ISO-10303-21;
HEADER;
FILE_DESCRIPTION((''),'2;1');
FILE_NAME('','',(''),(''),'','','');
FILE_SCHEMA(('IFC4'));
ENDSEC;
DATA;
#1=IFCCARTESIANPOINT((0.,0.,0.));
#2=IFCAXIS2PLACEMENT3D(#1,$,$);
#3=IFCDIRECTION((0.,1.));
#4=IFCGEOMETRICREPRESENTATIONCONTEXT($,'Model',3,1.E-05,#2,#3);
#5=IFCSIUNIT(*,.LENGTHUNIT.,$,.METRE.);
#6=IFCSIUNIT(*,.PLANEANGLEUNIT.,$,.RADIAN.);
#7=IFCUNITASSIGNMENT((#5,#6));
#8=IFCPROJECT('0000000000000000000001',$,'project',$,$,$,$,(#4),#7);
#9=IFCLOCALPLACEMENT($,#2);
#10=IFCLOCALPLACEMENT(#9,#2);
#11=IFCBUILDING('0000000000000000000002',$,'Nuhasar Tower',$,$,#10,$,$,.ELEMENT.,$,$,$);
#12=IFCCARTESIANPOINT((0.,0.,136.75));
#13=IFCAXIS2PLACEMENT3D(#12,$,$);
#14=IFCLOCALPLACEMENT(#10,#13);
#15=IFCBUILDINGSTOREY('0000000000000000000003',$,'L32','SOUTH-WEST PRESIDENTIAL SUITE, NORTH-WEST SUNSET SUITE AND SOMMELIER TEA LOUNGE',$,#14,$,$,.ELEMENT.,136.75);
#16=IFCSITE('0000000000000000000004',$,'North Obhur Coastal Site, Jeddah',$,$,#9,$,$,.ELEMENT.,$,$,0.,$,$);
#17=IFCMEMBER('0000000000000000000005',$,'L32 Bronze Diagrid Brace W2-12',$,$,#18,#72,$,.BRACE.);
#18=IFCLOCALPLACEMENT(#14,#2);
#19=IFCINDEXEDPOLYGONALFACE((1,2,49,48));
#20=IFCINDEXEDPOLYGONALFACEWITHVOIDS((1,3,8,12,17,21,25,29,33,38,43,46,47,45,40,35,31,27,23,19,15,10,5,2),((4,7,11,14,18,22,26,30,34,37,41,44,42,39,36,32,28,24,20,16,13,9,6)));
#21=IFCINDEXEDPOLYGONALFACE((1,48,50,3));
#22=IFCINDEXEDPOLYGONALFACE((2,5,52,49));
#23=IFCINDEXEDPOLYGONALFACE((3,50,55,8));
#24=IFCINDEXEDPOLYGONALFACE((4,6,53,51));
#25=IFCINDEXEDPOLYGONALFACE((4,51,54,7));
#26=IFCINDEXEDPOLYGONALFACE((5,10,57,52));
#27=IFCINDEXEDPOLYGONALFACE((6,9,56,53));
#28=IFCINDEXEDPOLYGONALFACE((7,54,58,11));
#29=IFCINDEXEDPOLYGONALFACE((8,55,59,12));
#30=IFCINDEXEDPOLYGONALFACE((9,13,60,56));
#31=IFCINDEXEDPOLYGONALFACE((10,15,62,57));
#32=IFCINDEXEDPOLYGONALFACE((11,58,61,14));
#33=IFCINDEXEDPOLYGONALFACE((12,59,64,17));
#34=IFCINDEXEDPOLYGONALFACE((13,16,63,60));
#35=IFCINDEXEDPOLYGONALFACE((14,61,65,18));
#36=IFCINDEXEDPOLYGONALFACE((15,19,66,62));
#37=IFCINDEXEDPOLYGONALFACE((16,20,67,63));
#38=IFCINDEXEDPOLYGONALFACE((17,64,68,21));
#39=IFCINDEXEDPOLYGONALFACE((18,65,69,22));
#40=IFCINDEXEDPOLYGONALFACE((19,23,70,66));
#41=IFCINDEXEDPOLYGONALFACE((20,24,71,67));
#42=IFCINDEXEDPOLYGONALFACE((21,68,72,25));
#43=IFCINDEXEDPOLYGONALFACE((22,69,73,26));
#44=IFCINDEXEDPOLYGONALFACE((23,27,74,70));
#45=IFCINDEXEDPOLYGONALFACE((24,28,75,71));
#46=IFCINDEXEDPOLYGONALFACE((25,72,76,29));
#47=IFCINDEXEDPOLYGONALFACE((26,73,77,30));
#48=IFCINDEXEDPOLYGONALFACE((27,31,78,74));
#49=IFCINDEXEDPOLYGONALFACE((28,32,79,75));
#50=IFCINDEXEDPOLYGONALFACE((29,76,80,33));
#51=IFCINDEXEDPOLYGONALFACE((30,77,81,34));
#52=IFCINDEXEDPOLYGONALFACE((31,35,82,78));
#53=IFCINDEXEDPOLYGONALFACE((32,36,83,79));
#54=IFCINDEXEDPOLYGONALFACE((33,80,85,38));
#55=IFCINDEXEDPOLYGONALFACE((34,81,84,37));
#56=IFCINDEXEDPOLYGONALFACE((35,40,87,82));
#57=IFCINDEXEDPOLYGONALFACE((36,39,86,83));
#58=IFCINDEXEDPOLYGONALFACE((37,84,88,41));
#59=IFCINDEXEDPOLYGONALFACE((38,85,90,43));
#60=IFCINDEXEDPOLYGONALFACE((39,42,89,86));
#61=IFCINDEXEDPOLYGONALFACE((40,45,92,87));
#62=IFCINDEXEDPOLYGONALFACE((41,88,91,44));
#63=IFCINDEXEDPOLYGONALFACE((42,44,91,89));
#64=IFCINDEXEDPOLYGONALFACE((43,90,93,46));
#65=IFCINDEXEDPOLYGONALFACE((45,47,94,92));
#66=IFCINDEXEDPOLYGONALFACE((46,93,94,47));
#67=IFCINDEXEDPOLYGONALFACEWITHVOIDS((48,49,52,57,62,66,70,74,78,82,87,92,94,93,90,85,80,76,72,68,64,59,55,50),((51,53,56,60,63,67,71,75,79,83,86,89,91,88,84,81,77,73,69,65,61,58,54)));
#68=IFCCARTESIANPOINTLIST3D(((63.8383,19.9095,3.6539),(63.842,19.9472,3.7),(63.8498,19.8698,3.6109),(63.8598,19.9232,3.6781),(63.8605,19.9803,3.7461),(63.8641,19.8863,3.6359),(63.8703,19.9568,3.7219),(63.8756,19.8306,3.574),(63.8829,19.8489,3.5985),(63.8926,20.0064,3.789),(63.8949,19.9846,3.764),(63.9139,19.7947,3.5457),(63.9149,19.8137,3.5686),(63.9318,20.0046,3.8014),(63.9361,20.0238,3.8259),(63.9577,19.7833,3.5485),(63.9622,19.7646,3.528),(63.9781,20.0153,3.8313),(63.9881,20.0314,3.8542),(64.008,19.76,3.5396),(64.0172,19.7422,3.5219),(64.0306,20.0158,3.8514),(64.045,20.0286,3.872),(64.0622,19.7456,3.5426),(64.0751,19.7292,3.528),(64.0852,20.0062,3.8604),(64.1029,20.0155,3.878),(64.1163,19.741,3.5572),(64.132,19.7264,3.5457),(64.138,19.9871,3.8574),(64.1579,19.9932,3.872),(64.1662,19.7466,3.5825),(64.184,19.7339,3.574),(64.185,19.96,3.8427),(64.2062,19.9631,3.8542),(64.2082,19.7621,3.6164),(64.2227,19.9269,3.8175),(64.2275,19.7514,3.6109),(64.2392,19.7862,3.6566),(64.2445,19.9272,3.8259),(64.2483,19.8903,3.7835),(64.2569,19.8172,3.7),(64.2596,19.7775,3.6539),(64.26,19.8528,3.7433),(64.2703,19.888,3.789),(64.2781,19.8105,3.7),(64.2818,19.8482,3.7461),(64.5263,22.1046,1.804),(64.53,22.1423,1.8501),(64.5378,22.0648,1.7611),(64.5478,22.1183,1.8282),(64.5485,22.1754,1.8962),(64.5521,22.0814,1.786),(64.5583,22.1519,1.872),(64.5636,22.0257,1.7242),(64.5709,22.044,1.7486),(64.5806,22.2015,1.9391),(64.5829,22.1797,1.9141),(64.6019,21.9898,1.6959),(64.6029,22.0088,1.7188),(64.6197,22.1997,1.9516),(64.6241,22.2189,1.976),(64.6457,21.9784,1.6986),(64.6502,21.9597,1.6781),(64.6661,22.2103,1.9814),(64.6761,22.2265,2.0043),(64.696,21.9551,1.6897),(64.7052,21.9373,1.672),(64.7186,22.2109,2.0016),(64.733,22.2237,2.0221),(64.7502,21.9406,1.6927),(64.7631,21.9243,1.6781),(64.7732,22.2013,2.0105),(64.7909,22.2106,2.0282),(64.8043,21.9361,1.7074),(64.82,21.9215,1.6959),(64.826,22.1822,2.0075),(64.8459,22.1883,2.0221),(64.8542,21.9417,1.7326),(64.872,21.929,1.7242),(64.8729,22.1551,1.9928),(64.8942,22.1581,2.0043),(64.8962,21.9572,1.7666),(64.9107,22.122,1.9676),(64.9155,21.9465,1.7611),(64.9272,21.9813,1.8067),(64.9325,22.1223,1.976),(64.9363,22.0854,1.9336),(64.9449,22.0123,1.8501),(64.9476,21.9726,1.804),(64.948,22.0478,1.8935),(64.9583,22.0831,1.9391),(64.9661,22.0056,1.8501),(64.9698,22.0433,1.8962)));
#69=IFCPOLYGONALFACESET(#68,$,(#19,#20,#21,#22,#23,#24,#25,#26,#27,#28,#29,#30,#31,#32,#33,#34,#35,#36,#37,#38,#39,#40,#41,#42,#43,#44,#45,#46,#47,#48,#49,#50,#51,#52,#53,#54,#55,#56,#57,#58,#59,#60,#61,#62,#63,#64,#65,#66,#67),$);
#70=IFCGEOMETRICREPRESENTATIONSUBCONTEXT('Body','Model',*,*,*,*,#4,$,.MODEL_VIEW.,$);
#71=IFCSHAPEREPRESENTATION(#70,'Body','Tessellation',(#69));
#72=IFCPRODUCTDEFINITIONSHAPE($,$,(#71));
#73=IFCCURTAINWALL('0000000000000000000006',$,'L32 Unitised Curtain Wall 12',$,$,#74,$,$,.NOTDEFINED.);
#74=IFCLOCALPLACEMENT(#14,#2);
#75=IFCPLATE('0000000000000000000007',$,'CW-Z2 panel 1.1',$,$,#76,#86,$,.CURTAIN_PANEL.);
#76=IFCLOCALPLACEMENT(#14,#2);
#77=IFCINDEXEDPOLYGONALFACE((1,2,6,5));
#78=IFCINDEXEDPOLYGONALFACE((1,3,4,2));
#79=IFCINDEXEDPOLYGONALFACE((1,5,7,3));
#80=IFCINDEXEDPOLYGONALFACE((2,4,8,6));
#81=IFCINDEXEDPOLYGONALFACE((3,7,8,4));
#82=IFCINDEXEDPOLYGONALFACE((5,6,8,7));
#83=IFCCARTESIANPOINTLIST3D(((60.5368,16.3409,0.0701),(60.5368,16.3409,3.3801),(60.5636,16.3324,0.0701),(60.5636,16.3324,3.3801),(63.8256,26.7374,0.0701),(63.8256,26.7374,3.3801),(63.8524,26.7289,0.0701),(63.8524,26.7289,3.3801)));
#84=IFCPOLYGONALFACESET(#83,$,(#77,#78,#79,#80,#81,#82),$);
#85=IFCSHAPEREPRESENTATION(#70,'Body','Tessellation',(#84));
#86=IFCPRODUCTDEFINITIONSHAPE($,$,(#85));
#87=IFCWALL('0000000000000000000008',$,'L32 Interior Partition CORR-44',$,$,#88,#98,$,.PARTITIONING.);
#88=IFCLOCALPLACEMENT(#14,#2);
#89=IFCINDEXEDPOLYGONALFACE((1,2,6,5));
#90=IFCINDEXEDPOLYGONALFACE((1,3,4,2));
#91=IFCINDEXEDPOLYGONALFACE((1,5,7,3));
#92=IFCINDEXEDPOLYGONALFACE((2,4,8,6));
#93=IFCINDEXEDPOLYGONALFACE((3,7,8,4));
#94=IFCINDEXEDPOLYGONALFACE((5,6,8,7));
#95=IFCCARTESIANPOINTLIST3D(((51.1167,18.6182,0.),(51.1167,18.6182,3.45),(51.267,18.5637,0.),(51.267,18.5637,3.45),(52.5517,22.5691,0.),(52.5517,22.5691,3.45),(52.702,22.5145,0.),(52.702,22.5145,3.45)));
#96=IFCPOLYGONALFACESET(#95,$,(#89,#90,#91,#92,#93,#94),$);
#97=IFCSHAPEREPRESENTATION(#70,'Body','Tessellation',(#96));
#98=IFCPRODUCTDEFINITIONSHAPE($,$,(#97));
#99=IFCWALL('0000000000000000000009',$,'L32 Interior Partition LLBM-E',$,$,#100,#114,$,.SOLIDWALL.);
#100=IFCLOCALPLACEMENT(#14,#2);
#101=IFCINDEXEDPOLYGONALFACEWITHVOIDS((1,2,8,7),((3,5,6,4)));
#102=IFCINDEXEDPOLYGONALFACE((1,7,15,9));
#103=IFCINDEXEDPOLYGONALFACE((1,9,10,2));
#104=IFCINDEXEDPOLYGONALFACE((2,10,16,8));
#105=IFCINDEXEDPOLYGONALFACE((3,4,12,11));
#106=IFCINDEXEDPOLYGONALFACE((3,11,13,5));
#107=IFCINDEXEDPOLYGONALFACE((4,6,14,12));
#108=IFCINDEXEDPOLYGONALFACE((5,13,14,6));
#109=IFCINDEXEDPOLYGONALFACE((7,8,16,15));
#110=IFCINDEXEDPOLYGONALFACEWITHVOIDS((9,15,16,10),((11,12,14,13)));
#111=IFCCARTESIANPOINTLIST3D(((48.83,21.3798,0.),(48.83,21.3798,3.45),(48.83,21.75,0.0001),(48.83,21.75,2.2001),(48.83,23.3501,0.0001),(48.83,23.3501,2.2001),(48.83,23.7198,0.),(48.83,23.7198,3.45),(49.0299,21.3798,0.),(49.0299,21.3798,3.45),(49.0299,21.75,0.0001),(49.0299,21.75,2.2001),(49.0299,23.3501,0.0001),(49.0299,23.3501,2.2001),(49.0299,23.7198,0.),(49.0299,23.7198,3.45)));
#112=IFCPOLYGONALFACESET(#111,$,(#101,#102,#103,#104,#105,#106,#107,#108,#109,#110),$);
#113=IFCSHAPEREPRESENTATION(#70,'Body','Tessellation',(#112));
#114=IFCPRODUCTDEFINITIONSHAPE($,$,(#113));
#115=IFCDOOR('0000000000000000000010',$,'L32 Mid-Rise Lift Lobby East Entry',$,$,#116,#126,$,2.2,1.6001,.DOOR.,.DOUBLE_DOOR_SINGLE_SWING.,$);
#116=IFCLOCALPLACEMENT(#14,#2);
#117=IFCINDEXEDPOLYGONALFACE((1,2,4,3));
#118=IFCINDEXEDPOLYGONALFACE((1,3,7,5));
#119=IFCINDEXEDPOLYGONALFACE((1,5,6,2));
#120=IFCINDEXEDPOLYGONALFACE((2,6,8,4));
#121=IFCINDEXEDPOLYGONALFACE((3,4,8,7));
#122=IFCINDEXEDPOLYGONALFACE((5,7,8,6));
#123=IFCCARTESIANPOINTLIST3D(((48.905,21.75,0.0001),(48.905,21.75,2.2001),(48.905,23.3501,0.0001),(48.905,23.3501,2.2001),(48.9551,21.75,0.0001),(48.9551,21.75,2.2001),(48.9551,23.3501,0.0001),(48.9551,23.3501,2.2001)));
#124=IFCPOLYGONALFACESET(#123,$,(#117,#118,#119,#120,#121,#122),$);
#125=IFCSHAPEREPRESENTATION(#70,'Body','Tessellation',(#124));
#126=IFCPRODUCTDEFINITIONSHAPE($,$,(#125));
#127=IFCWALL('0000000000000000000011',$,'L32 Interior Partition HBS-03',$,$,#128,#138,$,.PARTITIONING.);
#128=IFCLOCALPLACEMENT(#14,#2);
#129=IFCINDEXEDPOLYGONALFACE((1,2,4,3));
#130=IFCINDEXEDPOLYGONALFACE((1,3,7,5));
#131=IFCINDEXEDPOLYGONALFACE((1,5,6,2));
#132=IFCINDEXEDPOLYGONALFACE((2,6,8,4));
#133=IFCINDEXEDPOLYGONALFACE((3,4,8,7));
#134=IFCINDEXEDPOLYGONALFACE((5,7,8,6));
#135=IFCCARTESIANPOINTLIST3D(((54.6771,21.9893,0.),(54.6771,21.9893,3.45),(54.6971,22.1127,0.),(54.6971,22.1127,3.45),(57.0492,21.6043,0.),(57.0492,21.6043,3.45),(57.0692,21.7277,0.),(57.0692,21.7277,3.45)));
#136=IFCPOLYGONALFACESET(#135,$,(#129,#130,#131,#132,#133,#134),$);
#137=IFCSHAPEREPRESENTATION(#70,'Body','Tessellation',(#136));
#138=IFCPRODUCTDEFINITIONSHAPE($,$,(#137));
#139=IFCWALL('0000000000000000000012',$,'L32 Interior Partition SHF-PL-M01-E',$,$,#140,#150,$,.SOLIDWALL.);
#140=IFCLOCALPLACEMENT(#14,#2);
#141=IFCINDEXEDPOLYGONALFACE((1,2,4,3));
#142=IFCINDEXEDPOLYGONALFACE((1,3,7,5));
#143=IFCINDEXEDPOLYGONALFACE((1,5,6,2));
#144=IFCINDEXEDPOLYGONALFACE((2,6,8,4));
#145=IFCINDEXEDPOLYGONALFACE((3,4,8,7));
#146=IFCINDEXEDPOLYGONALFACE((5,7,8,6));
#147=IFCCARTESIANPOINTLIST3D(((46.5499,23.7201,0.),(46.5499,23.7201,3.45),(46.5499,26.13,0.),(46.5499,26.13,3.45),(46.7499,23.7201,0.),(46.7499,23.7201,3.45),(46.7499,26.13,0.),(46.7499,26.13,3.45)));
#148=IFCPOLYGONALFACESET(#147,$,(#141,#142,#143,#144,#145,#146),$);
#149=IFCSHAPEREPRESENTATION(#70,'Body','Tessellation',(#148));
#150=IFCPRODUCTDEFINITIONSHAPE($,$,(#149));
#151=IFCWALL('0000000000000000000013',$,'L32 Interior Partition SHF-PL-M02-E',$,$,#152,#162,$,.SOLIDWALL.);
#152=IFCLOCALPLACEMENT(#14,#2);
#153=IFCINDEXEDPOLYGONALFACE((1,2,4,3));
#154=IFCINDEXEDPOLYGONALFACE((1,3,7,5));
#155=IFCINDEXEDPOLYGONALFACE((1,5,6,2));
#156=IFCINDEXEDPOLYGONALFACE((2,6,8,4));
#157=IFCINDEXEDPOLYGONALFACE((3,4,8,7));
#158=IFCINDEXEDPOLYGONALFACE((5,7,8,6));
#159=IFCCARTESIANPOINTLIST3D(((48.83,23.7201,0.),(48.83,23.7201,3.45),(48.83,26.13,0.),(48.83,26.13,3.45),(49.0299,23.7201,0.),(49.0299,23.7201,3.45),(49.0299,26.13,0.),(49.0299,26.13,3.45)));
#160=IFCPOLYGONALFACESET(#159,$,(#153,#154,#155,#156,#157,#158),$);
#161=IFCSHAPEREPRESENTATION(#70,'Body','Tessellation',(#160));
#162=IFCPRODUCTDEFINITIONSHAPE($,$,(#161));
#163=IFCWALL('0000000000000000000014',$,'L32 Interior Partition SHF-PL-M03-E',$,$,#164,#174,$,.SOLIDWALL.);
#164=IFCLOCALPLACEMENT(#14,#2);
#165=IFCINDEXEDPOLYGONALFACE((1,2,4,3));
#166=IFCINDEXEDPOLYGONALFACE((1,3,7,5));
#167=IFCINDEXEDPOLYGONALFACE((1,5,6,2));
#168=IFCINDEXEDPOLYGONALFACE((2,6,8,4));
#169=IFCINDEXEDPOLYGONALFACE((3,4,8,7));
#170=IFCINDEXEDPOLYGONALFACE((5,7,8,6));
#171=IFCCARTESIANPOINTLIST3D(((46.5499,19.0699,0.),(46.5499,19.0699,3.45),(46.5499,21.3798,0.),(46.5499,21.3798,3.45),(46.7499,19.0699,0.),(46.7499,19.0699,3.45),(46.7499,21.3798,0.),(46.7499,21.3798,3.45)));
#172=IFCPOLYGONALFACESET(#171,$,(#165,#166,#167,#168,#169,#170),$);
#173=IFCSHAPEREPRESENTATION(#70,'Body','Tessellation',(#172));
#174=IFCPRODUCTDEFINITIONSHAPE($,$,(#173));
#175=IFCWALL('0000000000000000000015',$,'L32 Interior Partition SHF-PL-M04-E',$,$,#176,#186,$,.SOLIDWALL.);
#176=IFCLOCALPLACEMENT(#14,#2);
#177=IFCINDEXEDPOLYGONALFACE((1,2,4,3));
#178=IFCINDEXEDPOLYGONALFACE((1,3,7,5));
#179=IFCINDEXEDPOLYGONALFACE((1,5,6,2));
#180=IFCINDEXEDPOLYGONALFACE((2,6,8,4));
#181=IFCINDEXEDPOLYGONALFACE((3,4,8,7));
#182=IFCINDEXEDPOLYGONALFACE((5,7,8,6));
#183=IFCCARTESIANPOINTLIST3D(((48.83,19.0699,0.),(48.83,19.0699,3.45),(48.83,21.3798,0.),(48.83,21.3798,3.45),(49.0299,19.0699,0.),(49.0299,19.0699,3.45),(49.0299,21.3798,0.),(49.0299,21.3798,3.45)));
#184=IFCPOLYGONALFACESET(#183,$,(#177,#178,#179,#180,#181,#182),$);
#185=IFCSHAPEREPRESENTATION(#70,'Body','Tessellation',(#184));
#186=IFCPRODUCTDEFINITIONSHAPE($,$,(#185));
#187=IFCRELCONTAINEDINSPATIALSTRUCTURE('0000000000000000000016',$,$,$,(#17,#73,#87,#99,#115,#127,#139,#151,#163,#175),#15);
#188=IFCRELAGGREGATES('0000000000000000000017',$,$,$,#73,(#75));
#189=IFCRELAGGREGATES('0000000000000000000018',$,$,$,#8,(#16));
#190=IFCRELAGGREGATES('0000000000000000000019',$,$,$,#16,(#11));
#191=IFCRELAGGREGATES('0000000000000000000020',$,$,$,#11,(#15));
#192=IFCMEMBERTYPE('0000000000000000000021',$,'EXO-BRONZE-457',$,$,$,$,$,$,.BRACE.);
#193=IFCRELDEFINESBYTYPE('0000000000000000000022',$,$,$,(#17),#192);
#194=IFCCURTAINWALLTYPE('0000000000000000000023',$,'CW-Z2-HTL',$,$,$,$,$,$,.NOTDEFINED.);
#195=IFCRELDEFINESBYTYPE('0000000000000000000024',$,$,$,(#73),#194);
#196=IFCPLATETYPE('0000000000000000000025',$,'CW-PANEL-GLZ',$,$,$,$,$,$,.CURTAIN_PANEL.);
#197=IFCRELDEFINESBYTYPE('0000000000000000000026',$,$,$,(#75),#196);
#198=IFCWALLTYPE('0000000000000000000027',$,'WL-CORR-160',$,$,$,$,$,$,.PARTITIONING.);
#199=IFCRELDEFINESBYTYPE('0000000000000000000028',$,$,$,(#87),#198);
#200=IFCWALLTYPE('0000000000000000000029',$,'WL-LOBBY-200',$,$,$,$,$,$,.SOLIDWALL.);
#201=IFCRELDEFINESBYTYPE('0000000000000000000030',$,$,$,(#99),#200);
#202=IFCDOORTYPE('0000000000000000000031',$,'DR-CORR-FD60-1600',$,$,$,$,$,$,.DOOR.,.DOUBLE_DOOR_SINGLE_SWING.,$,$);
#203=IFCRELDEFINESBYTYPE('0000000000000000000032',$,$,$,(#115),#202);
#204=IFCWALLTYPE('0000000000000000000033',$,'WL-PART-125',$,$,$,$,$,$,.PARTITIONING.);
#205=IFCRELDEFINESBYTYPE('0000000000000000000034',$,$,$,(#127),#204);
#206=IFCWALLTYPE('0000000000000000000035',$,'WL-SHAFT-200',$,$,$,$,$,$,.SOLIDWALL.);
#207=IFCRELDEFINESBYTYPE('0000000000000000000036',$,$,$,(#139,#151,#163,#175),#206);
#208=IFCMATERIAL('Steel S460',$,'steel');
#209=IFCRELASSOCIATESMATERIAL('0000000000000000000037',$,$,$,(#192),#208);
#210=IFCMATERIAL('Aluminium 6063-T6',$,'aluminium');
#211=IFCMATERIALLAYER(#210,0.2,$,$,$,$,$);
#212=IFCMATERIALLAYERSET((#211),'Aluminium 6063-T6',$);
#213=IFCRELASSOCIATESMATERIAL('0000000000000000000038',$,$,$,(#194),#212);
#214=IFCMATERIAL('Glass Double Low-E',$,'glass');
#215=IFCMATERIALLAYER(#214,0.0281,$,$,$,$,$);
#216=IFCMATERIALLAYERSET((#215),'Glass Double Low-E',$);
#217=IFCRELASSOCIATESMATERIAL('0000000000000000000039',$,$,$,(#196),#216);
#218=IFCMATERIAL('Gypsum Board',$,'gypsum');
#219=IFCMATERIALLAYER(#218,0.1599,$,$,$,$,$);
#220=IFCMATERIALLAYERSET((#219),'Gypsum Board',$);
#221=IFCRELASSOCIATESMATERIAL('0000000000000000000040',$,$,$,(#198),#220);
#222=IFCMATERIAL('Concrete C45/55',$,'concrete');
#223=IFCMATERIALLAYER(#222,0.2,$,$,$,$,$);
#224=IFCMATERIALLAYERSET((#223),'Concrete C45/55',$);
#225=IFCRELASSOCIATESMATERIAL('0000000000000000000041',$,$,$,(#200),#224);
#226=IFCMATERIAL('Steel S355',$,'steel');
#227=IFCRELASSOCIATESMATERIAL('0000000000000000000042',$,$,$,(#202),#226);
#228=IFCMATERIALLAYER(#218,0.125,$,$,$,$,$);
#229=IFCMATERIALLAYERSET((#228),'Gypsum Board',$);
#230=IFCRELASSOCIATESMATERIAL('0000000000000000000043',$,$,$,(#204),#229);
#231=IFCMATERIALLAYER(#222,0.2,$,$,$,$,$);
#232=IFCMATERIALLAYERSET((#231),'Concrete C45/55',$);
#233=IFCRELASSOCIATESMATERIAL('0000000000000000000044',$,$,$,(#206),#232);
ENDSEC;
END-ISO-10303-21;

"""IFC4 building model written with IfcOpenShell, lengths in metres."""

from ifc_helpers import new_model, si_unit, direction, frame, frame_2d, origin, origin_2d, place, context, subcontext, project, spatial, rectangle, hollow_circle, extrude, material, layer, layer_set, material_profile, profile_set, type_object, element, fill, aggregate, save


model = new_model("IFC4")

# Units and contexts
model_context = context("Model", 3, precision=1e-05, world=origin(), true_north=direction((0.0, 1.0)))
body_context = subcontext(model_context, "Body", "Model", "MODEL_VIEW")
ifc_project = project(units=[si_unit("LENGTHUNIT", "METRE"), si_unit("PLANEANGLEUNIT", "RADIAN")], contexts=[model_context])

# Site, building, storey
site_placement = place(None, origin())
site = spatial("IfcSite", under=ifc_project, at=site_placement, Name="North Obhur Coastal Site, Jeddah", CompositionType="ELEMENT", RefElevation=0.0)
building_placement = place(site_placement, origin())
building = spatial("IfcBuilding", under=site, at=building_placement, Name="Nuhasar Tower", CompositionType="ELEMENT")
storey_placement = place(building_placement, frame((0.0, 0.0, 136.75)))
storey = spatial("IfcBuildingStorey", under=building, at=storey_placement, Name="L32", Description="SOUTH-WEST PRESIDENTIAL SUITE, NORTH-WEST SUNSET SUITE AND SOMMELIER TEA LOUNGE", CompositionType="ELEMENT", Elevation=136.75)

# Shared definitions
ifc_material_1 = material(Name="Steel S355", Category="steel")

# Member
ifc_material_2 = material(Name="Steel S460", Category="steel")
ifc_material_profile_1 = material_profile(ifc_material_2, hollow_circle(Radius=0.2285, WallThickness=0.0222, at=origin_2d()), Name="HSS457X22.2")
ifc_profile_set_1 = profile_set([ifc_material_profile_1], Name="Steel S460")
member_type = type_object("IfcMemberType", Name="EXO-BRONZE-457", PredefinedType="BRACE", material=ifc_profile_set_1)
member_1_placement = place(storey_placement, frame((64.748, 22.074, 1.8501), z_axis=(-0.233068, -0.743616, 0.626669), x_axis=(0.954228, -0.299079, 0.0)))
element("IfcMember", 1, at=member_1_placement, inside=storey, type_object=member_type, Name="L32 Bronze Diagrid Brace W2-12", PredefinedType="BRACE", context=body_context, shape_type="SweptSolid", body=[
    extrude(hollow_circle(Radius=0.2285, WallThickness=0.0222, at=origin_2d()), origin(), (0.0, 0.0, 1.0), 2.9519),
])

# Curtain wall, plate
ifc_material_3 = material(Name="Aluminium 6063-T6", Category="aluminium")
ifc_layer_1 = layer(ifc_material_3, 0.2)
ifc_layer_set_1 = layer_set([ifc_layer_1], Name="Aluminium 6063-T6")
curtain_wall_type = type_object("IfcCurtainWallType", Name="CW-Z2-HTL", PredefinedType="NOTDEFINED", material=ifc_layer_set_1)
curtain_wall_placement = place(storey_placement, origin())
curtain_wall = element("IfcCurtainWall", 2, at=curtain_wall_placement, inside=storey, type_object=curtain_wall_type, Name="L32 Unitised Curtain Wall 12", PredefinedType="NOTDEFINED")
ifc_material_4 = material(Name="Glass Double Low-E", Category="glass")
ifc_layer_2 = layer(ifc_material_4, 0.0281)
ifc_layer_set_2 = layer_set([ifc_layer_2], Name="Glass Double Low-E")
plate_type = type_object("IfcPlateType", Name="CW-PANEL-GLZ", PredefinedType="CURTAIN_PANEL", material=ifc_layer_set_2)
plate_placement = place(storey_placement, frame((62.1946, 21.5349, 0.0701), z_axis=(0.0, 0.0, 1.0), x_axis=(0.301604, 0.953433, 0.0)))
plate = element("IfcPlate", 3, at=plate_placement, type_object=plate_type, Name="CW-Z2 panel 1.1", PredefinedType="CURTAIN_PANEL", context=body_context, shape_type="SweptSolid", body=[
    extrude(rectangle(XDim=10.9043, YDim=0.0281, at=origin_2d()), origin(), (0.0, 0.0, 1.0), 3.3101),
])
aggregate(curtain_wall, [plate])

# Wall
ifc_material_5 = material(Name="Gypsum Board", Category="gypsum")
ifc_layer_3 = layer(ifc_material_5, 0.1599)
ifc_layer_set_3 = layer_set([ifc_layer_3], Name="Gypsum Board")
wall_type_1 = type_object("IfcWallType", Name="WL-CORR-160", PredefinedType="PARTITIONING", material=ifc_layer_set_3)
wall_1_placement = place(storey_placement, frame((51.1919, 18.5911, 0.0), z_axis=(0.0, 0.0, 1.0), x_axis=(0.341398, 0.939919, 0.0)))
element("IfcWall", 4, at=wall_1_placement, inside=storey, type_object=wall_type_1, Name="L32 Interior Partition CORR-44", PredefinedType="PARTITIONING", context=body_context, shape_type="SweptSolid", body=[
    extrude(rectangle(XDim=4.2034, YDim=0.1599, at=frame_2d((2.1016, 0.0))), origin(), (0.0, 0.0, 1.0), 3.45),
])

# Wall, opening, door
ifc_material_6 = material(Name="Concrete C45/55", Category="concrete")
ifc_layer_4 = layer(ifc_material_6, 0.2)
ifc_layer_set_4 = layer_set([ifc_layer_4], Name="Concrete C45/55")
wall_type_2 = type_object("IfcWallType", Name="WL-LOBBY-200", PredefinedType="SOLIDWALL", material=ifc_layer_set_4)
wall_2_placement = place(storey_placement, frame((48.9299, 21.3799, 0.0), z_axis=(0.0, 0.0, 1.0), x_axis=(0.0, 1.0, 0.0)))
wall_2 = element("IfcWall", 5, at=wall_2_placement, inside=storey, type_object=wall_type_2, Name="L32 Interior Partition LLBM-E", PredefinedType="SOLIDWALL", context=body_context, shape_type="SweptSolid", body=[
    extrude(rectangle(XDim=2.3401, YDim=0.2, at=frame_2d((1.1699, 0.0))), origin(), (0.0, 0.0, 1.0), 3.45),
])
opening_1_placement = place(wall_2_placement, frame((0.3701, 0.0, 0.0)))
opening_1 = element("IfcOpeningElement", 6, at=opening_1_placement, cuts=wall_2, PredefinedType="OPENING", context=body_context, shape_type="SweptSolid", body=[
    extrude(rectangle(XDim=1.6001, YDim=2.2, at=frame_2d((0.8, 1.1001))), frame((0.0, 0.1099, 0.0), z_axis=(0.0, -1.0, 0.0), x_axis=(1.0, 0.0, 0.0)), (0.0, 0.0, 1.0), 0.22),
])
door_type_1 = type_object("IfcDoorType", Name="DR-CORR-FD60-1600", OperationType="DOUBLE_DOOR_SINGLE_SWING", PredefinedType="DOOR", material=ifc_material_1)
door_1_placement = place(opening_1_placement, origin())
door_1 = element("IfcDoor", 7, at=door_1_placement, inside=storey, type_object=door_type_1, Name="L32 Mid-Rise Lift Lobby East Entry", OperationType="DOUBLE_DOOR_SINGLE_SWING", OverallHeight=2.2, OverallWidth=1.6001, PredefinedType="DOOR", context=body_context, shape_type="SweptSolid", body=[
    extrude(rectangle(XDim=1.6001, YDim=2.2, at=frame_2d((0.8, 1.1001))), frame((0.0, 0.0249, 0.0), z_axis=(0.0, -1.0, 0.0), x_axis=(1.0, 0.0, 0.0)), (0.0, 0.0, 1.0), 0.05),
])
fill(opening_1, door_1)

# Walls
ifc_layer_5 = layer(ifc_material_5, 0.125)
ifc_layer_set_5 = layer_set([ifc_layer_5], Name="Gypsum Board")
wall_type_3 = type_object("IfcWallType", Name="WL-PART-125", PredefinedType="PARTITIONING", material=ifc_layer_set_5)
wall_3_placement = place(storey_placement, frame((54.687, 22.051, 0.0), z_axis=(0.0, 0.0, 1.0), x_axis=(0.987082, -0.160213, 0.0)))
element("IfcWall", 8, at=wall_3_placement, inside=storey, type_object=wall_type_3, Name="L32 Interior Partition HBS-03", PredefinedType="PARTITIONING", context=body_context, shape_type="SweptSolid", body=[
    extrude(rectangle(XDim=2.4031, YDim=0.125, at=frame_2d((1.2017, 0.0))), origin(), (0.0, 0.0, 1.0), 3.45),
])
ifc_layer_6 = layer(ifc_material_6, 0.2)
ifc_layer_set_6 = layer_set([ifc_layer_6], Name="Concrete C45/55")
wall_type_4 = type_object("IfcWallType", Name="WL-SHAFT-200", PredefinedType="SOLIDWALL", material=ifc_layer_set_6)
wall_4_placement = place(storey_placement, frame((46.6499, 23.72, 0.0), z_axis=(0.0, 0.0, 1.0), x_axis=(0.0, 1.0, 0.0)))
element("IfcWall", 9, at=wall_4_placement, inside=storey, type_object=wall_type_4, Name="L32 Interior Partition SHF-PL-M01-E", PredefinedType="SOLIDWALL", context=body_context, shape_type="SweptSolid", body=[
    extrude(rectangle(XDim=2.4099, YDim=0.2, at=frame_2d((1.2051, 0.0))), origin(), (0.0, 0.0, 1.0), 3.45),
])

# Walls
wall_5_placement = place(storey_placement, frame((48.9299, 23.72, 0.0), z_axis=(0.0, 0.0, 1.0), x_axis=(0.0, 1.0, 0.0)))
element("IfcWall", 10, at=wall_5_placement, inside=storey, type_object=wall_type_4, Name="L32 Interior Partition SHF-PL-M02-E", PredefinedType="SOLIDWALL", context=body_context, shape_type="SweptSolid", body=[
    extrude(rectangle(XDim=2.4099, YDim=0.2, at=frame_2d((1.2051, 0.0))), origin(), (0.0, 0.0, 1.0), 3.45),
])
for number, where, z_axis, x_axis, name in (
    (11, (46.6499, 19.0701, 0.0), (0.0, 0.0, 1.0), (0.0, 1.0, 0.0), "L32 Interior Partition SHF-PL-M03-E"),
    (12, (48.9299, 19.0701, 0.0), (0.0, 0.0, 1.0), (0.0, 1.0, 0.0), "L32 Interior Partition SHF-PL-M04-E"),
):
    element("IfcWall", number, at=place(storey_placement, frame(where, z_axis=z_axis, x_axis=x_axis)), inside=storey, type_object=wall_type_4, Name=name, PredefinedType="SOLIDWALL", context=body_context, shape_type="SweptSolid", body=[
        extrude(rectangle(XDim=2.3098, YDim=0.2, at=frame_2d((1.1548, 0.0))), origin(), (0.0, 0.0, 1.0), 3.45),
    ])

save(model, "model.ifc")
